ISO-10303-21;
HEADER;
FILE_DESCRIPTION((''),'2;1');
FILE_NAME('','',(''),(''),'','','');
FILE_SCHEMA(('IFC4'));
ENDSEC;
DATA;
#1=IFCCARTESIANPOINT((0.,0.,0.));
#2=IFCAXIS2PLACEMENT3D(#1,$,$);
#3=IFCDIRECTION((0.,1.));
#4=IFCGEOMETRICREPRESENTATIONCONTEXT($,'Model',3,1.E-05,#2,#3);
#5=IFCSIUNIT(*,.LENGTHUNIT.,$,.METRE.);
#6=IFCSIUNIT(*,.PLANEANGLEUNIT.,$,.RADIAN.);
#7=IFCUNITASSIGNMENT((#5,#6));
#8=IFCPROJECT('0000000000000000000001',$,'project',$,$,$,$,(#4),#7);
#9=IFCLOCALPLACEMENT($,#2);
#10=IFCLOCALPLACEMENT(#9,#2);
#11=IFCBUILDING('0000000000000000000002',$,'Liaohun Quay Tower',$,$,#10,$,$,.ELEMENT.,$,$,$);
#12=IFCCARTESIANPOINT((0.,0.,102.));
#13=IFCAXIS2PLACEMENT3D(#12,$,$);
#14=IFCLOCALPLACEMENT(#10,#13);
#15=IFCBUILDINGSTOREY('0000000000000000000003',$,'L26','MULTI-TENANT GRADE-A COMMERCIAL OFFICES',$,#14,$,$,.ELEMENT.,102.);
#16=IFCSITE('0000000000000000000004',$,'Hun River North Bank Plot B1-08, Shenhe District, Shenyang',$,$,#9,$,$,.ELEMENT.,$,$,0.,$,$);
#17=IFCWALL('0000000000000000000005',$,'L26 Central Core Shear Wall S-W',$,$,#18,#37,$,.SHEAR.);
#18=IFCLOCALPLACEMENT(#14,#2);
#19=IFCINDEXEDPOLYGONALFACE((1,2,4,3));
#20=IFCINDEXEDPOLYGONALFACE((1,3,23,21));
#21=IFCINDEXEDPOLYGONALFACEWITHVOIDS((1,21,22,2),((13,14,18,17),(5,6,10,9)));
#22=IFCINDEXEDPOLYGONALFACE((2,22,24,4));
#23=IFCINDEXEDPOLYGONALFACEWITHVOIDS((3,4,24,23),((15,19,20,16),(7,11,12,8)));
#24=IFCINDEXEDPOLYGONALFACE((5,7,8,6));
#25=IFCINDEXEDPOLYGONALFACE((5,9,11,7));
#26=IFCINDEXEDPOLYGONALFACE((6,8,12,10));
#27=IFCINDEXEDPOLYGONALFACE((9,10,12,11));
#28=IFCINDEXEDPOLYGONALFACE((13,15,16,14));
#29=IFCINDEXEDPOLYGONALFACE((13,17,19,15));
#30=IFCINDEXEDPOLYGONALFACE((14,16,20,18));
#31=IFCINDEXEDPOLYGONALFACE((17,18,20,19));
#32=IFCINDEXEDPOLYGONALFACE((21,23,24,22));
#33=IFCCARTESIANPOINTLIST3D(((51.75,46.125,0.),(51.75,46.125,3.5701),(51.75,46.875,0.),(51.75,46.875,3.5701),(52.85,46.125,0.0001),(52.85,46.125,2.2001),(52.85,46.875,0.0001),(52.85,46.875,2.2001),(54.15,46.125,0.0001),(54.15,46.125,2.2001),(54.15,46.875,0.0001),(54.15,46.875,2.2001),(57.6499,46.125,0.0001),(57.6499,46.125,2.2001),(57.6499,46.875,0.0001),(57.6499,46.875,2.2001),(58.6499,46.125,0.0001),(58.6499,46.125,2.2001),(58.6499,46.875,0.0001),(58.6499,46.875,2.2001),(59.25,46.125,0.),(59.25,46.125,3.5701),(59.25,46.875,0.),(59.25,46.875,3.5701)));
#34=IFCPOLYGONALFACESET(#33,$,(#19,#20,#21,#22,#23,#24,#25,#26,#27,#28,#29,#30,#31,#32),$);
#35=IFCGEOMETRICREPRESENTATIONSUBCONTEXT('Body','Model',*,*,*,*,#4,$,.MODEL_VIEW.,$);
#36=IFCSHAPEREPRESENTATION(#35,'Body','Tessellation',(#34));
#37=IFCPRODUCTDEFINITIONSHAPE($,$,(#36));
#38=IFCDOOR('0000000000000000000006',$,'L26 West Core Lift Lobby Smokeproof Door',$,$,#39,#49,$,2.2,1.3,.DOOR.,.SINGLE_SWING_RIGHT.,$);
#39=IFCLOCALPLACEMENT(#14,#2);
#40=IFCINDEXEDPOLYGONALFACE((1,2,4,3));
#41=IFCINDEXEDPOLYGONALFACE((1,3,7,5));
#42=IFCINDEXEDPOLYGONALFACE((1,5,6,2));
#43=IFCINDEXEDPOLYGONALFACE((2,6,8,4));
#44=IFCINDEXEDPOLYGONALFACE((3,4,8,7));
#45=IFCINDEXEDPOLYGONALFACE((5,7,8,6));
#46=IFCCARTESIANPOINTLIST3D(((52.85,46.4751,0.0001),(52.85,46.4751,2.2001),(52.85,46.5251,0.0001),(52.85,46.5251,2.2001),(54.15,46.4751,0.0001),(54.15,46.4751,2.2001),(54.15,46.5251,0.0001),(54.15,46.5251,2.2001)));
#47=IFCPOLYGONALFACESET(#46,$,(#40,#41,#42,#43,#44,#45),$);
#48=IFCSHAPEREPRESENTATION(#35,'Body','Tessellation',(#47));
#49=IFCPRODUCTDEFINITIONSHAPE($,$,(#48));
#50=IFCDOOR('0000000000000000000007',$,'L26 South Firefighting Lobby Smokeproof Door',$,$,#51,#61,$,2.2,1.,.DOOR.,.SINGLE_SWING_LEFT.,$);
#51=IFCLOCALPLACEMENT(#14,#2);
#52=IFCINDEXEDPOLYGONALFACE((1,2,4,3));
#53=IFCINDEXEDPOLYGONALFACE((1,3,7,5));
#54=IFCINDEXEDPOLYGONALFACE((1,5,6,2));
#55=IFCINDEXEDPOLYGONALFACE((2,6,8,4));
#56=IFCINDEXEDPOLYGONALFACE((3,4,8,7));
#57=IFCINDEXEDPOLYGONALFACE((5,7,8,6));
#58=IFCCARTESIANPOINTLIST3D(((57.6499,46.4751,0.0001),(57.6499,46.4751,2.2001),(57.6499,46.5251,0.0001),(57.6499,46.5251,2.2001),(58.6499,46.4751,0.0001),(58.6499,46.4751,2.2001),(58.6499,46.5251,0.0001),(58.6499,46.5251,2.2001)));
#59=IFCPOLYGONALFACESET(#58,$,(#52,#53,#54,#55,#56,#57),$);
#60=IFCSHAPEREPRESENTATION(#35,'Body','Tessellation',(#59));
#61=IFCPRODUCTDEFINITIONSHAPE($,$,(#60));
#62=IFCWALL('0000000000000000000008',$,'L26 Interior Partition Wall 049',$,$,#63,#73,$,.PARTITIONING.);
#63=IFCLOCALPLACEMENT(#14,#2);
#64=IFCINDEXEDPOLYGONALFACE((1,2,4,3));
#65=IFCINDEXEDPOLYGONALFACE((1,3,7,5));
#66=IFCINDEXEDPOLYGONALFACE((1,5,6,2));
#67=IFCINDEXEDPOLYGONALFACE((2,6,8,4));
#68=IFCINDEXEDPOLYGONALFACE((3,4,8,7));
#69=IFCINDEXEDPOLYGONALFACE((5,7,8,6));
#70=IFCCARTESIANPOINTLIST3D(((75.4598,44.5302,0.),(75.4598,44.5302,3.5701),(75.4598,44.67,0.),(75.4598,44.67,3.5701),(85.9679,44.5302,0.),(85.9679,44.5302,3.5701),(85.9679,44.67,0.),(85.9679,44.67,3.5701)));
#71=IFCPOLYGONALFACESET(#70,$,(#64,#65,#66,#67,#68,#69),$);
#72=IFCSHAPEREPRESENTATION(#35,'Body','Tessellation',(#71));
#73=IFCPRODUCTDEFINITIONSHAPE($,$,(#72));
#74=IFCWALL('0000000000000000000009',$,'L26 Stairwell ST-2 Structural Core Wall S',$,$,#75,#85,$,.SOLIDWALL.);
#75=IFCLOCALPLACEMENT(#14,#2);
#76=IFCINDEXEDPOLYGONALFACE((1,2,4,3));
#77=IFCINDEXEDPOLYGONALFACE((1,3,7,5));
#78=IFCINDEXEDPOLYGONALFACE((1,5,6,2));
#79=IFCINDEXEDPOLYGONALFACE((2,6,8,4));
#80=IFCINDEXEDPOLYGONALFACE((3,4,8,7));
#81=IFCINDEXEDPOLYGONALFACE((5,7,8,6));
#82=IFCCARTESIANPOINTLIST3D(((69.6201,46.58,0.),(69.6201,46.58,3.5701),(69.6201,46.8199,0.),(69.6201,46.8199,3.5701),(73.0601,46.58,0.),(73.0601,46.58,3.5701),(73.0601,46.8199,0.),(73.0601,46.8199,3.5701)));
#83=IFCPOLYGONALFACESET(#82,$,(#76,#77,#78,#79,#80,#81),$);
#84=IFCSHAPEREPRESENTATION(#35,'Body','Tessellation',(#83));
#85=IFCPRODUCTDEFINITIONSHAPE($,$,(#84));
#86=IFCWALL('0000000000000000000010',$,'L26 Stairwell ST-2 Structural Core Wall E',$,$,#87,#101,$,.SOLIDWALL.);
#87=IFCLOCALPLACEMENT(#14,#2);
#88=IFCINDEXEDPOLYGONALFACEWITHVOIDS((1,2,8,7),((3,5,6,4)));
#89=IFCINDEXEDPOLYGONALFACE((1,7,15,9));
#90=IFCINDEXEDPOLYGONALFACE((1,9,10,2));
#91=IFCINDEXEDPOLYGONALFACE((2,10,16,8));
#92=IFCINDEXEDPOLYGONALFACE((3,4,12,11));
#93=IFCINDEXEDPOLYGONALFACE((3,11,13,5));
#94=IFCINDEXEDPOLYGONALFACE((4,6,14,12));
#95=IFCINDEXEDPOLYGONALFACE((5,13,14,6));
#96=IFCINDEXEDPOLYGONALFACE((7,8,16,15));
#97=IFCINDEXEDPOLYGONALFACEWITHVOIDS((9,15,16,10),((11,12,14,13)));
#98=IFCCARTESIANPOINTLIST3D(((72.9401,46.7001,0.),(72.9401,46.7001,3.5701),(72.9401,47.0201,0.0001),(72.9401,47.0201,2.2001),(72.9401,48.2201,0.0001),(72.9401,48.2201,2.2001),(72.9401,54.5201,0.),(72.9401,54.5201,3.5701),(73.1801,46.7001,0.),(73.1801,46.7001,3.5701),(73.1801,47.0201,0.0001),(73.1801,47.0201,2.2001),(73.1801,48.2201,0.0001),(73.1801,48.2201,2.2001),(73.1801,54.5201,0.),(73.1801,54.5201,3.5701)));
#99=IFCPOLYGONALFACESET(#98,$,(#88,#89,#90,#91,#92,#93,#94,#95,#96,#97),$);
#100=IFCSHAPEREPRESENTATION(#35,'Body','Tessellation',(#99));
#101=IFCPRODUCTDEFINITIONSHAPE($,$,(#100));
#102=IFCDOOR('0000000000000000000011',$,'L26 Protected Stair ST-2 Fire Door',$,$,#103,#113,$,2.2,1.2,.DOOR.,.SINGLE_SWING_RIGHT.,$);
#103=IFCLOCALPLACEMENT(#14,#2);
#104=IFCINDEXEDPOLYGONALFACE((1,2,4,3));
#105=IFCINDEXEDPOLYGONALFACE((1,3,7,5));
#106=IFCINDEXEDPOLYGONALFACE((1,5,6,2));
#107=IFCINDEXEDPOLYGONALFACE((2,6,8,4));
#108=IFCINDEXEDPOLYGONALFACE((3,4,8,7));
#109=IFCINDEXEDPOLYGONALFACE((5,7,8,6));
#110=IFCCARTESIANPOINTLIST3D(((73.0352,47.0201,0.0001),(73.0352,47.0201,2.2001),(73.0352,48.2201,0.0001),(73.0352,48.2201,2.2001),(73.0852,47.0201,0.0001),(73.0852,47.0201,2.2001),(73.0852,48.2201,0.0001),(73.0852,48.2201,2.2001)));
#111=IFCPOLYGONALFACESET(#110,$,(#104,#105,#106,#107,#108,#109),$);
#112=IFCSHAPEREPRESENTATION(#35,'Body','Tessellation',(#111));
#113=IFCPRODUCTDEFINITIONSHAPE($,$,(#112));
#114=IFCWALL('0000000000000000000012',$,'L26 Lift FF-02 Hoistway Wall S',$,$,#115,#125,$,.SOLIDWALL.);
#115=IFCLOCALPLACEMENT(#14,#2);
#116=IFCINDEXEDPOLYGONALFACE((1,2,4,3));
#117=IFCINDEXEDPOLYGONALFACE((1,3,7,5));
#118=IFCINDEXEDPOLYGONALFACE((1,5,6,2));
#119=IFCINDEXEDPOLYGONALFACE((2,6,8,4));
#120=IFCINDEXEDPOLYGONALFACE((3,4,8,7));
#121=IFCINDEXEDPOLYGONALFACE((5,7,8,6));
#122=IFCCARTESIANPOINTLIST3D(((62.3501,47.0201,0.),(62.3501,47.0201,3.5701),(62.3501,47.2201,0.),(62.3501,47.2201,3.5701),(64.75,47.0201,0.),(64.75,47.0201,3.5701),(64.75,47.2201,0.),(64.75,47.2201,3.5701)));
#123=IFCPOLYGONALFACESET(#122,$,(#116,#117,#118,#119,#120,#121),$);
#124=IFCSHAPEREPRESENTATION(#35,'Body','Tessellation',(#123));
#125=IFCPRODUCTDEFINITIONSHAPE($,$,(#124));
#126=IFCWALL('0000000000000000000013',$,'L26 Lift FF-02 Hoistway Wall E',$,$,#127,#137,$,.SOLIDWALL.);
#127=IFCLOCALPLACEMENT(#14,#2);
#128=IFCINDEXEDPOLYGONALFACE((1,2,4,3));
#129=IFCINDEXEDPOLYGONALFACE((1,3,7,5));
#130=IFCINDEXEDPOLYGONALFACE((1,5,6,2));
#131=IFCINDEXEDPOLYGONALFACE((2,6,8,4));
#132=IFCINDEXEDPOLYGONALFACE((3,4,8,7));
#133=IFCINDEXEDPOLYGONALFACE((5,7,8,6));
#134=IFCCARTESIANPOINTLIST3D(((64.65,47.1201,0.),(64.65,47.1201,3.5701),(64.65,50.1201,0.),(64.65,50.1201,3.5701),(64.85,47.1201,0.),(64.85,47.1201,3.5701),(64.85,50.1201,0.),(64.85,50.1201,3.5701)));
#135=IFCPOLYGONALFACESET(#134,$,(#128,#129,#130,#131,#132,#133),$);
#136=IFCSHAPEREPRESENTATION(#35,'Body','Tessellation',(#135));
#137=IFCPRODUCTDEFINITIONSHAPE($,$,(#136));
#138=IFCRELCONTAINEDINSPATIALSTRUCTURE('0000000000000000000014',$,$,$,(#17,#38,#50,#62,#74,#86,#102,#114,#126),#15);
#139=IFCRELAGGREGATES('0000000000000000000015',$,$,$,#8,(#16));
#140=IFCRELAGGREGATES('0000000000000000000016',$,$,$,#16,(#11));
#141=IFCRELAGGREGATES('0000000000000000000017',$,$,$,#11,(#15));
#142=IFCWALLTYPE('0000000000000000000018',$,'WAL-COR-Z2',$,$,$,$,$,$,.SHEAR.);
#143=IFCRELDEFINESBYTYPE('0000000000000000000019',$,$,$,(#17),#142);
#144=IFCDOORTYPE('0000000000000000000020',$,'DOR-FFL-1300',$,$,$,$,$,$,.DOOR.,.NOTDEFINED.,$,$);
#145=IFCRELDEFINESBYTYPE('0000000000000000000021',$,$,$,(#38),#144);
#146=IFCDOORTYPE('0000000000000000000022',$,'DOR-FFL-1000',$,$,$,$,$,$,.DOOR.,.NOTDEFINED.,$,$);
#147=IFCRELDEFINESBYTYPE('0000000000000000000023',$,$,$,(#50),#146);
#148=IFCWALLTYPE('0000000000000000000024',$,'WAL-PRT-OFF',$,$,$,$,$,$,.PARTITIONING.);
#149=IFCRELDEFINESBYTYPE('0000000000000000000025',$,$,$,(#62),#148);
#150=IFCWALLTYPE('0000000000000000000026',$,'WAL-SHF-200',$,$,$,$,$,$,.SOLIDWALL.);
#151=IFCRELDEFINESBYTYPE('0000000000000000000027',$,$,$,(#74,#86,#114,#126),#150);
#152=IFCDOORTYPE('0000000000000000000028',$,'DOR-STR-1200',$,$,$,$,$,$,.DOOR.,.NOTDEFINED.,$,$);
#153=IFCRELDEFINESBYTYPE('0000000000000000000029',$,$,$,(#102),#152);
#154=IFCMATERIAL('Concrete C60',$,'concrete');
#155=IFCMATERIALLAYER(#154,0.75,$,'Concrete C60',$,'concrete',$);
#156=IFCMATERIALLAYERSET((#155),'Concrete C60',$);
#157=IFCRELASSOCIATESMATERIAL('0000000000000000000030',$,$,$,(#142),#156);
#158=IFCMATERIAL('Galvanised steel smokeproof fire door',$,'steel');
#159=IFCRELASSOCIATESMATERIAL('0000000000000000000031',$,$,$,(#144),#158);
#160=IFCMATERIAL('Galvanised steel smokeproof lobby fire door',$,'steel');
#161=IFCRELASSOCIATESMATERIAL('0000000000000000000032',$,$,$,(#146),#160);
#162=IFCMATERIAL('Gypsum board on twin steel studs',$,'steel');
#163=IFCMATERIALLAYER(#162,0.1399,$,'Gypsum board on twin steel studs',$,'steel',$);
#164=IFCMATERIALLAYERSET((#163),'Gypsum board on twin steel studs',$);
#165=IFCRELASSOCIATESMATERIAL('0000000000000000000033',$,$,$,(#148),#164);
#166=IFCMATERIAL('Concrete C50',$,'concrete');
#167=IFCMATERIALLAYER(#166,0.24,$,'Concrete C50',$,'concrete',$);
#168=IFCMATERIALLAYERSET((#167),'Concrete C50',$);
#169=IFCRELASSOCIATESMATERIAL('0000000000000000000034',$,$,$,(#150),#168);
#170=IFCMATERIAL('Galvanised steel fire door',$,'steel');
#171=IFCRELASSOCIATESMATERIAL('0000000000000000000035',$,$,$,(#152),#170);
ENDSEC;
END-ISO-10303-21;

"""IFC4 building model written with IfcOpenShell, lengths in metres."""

from ifc_helpers import new_model, si_unit, direction, frame, frame_2d, origin, place, context, subcontext, project, spatial, rectangle, extrude, source, transform, mapped, material, layer, layer_set, type_object, element, fill, save


model = new_model("IFC4")

# Units and contexts
model_context = context("Model", 3, precision=1e-05, world=origin(), true_north=direction((0.0, 1.0)))
body_context = subcontext(model_context, "Body", "Model", "MODEL_VIEW")
ifc_project = project(units=[si_unit("LENGTHUNIT", "METRE"), si_unit("PLANEANGLEUNIT", "RADIAN")], contexts=[model_context])

# Site, building, storey
site_placement = place(None, origin())
site = spatial("IfcSite", under=ifc_project, at=site_placement, Name="Hun River North Bank Plot B1-08, Shenhe District, Shenyang", CompositionType="ELEMENT", RefElevation=0.0)
building_placement = place(site_placement, origin())
building = spatial("IfcBuilding", under=site, at=building_placement, Name="Liaohun Quay Tower", CompositionType="ELEMENT")
storey_placement = place(building_placement, frame((0.0, 0.0, 102.0)))
storey = spatial("IfcBuildingStorey", under=building, at=storey_placement, Name="L26", Description="MULTI-TENANT GRADE-A COMMERCIAL OFFICES", CompositionType="ELEMENT", Elevation=102.0)

# Shared definitions
ifc_material_1 = material(Name="Concrete C60", Category="concrete")

# Shared definitions
ifc_layer_1 = layer(ifc_material_1, 0.75, Name="Concrete C60", Category="concrete")
ifc_layer_set_1 = layer_set([ifc_layer_1], Name="Concrete C60")
wall_type_1 = type_object("IfcWallType", Name="WAL-COR-Z2", PredefinedType="SHEAR", material=ifc_layer_set_1)
shared_shape_1 = source(origin(), body_context, "Body", "SweptSolid", [
    extrude(rectangle(XDim=1.3, YDim=2.2, at=frame_2d((0.6499, 1.1001))), frame((0.0, 0.385, 0.0), z_axis=(0.0, -1.0, 0.0), x_axis=(1.0, 0.0, 0.0)), (0.0, 0.0, 1.0), 0.77),
])
ifc_material_2 = material(Name="Galvanised steel smokeproof fire door", Category="steel")
door_type_1 = type_object("IfcDoorType", Name="DOR-FFL-1300", OperationType="NOTDEFINED", PredefinedType="DOOR", material=ifc_material_2)
shared_shape_2 = source(origin(), body_context, "Body", "SweptSolid", [
    extrude(rectangle(XDim=1.3, YDim=2.2, at=frame_2d((0.6499, 1.1001))), frame((0.0, 0.0249, 0.0), z_axis=(0.0, -1.0, 0.0), x_axis=(1.0, 0.0, 0.0)), (0.0, 0.0, 1.0), 0.05),
])

# Wall, openings, doors
wall_1_placement = place(storey_placement, frame((59.25, 46.5, 0.0), z_axis=(0.0, 0.0, 1.0), x_axis=(-1.0, 0.0, 0.0)))
wall_1 = element("IfcWall", 1, at=wall_1_placement, inside=storey, type_object=wall_type_1, Name="L26 Central Core Shear Wall S-W", PredefinedType="SHEAR", context=body_context, shape_type="SweptSolid", body=[
    extrude(rectangle(XDim=7.5, YDim=0.75, at=frame_2d((3.75, 0.0))), origin(), (0.0, 0.0, 1.0), 3.5701),
])
opening_1_placement = place(wall_1_placement, frame((5.1001, 0.0, 0.0)))
opening_1 = element("IfcOpeningElement", 2, at=opening_1_placement, cuts=wall_1, PredefinedType="OPENING", context=body_context, shape_type="MappedRepresentation", body=[
    mapped(shared_shape_1, transform((0.0, 0.0, 0.0), x_axis=(1.0, 0.0, 0.0), y_axis=(0.0, 1.0, 0.0), z_axis=(0.0, 0.0, 1.0), scale=1.0)),
])
shared_shape_3 = source(origin(), body_context, "Body", "SweptSolid", [
    extrude(rectangle(XDim=1.0, YDim=2.2, at=frame_2d((0.5, 1.1001))), frame((0.0, 0.385, 0.0), z_axis=(0.0, -1.0, 0.0), x_axis=(1.0, 0.0, 0.0)), (0.0, 0.0, 1.0), 0.77),
])
opening_2_placement = place(wall_1_placement, frame((0.6001, 0.0, 0.0)))
opening_2 = element("IfcOpeningElement", 3, at=opening_2_placement, cuts=wall_1, PredefinedType="OPENING", context=body_context, shape_type="MappedRepresentation", body=[
    mapped(shared_shape_3, transform((0.0, 0.0, 0.0), x_axis=(1.0, 0.0, 0.0), y_axis=(0.0, 1.0, 0.0), z_axis=(0.0, 0.0, 1.0), scale=1.0)),
])
door_1_placement = place(opening_1_placement, origin())
door_1 = element("IfcDoor", 4, at=door_1_placement, inside=storey, type_object=door_type_1, Name="L26 West Core Lift Lobby Smokeproof Door", OperationType="SINGLE_SWING_RIGHT", OverallHeight=2.2, OverallWidth=1.3, PredefinedType="DOOR", context=body_context, shape_type="MappedRepresentation", body=[
    mapped(shared_shape_2, transform((0.0, 0.0, 0.0), x_axis=(1.0, 0.0, 0.0), y_axis=(0.0, 1.0, 0.0), z_axis=(0.0, 0.0, 1.0), scale=1.0)),
])
fill(opening_1, door_1)
ifc_material_3 = material(Name="Galvanised steel smokeproof lobby fire door", Category="steel")
door_type_2 = type_object("IfcDoorType", Name="DOR-FFL-1000", OperationType="NOTDEFINED", PredefinedType="DOOR", material=ifc_material_3)
shared_shape_4 = source(origin(), body_context, "Body", "SweptSolid", [
    extrude(rectangle(XDim=1.0, YDim=2.2, at=frame_2d((0.5, 1.1001))), frame((0.0, 0.0249, 0.0), z_axis=(0.0, -1.0, 0.0), x_axis=(1.0, 0.0, 0.0)), (0.0, 0.0, 1.0), 0.05),
])
door_2_placement = place(opening_2_placement, origin())
door_2 = element("IfcDoor", 5, at=door_2_placement, inside=storey, type_object=door_type_2, Name="L26 South Firefighting Lobby Smokeproof Door", OperationType="SINGLE_SWING_LEFT", OverallHeight=2.2, OverallWidth=1.0, PredefinedType="DOOR", context=body_context, shape_type="MappedRepresentation", body=[
    mapped(shared_shape_4, transform((0.0, 0.0, 0.0), x_axis=(1.0, 0.0, 0.0), y_axis=(0.0, 1.0, 0.0), z_axis=(0.0, 0.0, 1.0), scale=1.0)),
])
fill(opening_2, door_2)

# Walls
ifc_material_4 = material(Name="Gypsum board on twin steel studs", Category="steel")
ifc_layer_2 = layer(ifc_material_4, 0.1399, Name="Gypsum board on twin steel studs", Category="steel")
ifc_layer_set_2 = layer_set([ifc_layer_2], Name="Gypsum board on twin steel studs")
wall_type_2 = type_object("IfcWallType", Name="WAL-PRT-OFF", PredefinedType="PARTITIONING", material=ifc_layer_set_2)
wall_2_placement = place(storey_placement, frame((75.46, 44.6001, 0.0), z_axis=(0.0, 0.0, 1.0), x_axis=(1.0, 0.0, 0.0)))
element("IfcWall", 6, at=wall_2_placement, inside=storey, type_object=wall_type_2, Name="L26 Interior Partition Wall 049", PredefinedType="PARTITIONING", context=body_context, shape_type="SweptSolid", body=[
    extrude(rectangle(XDim=10.5081, YDim=0.1399, at=frame_2d((5.2539, 0.0))), origin(), (0.0, 0.0, 1.0), 3.5701),
])
ifc_material_5 = material(Name="Concrete C50", Category="concrete")
ifc_layer_3 = layer(ifc_material_5, 0.24, Name="Concrete C50", Category="concrete")
ifc_layer_set_3 = layer_set([ifc_layer_3], Name="Concrete C50")
wall_type_3 = type_object("IfcWallType", Name="WAL-SHF-200", PredefinedType="SOLIDWALL", material=ifc_layer_set_3)
wall_3_placement = place(storey_placement, frame((69.6201, 46.7, 0.0), z_axis=(0.0, 0.0, 1.0), x_axis=(1.0, 0.0, 0.0)))
element("IfcWall", 7, at=wall_3_placement, inside=storey, type_object=wall_type_3, Name="L26 Stairwell ST-2 Structural Core Wall S", PredefinedType="SOLIDWALL", context=body_context, shape_type="SweptSolid", body=[
    extrude(rectangle(XDim=3.4399, YDim=0.24, at=frame_2d((1.72, 0.0))), origin(), (0.0, 0.0, 1.0), 3.5701),
])

# Wall, opening, door
wall_4_placement = place(storey_placement, frame((73.0601, 46.7, 0.0), z_axis=(0.0, 0.0, 1.0), x_axis=(0.0, 1.0, 0.0)))
wall_4 = element("IfcWall", 8, at=wall_4_placement, inside=storey, type_object=wall_type_3, Name="L26 Stairwell ST-2 Structural Core Wall E", PredefinedType="SOLIDWALL", context=body_context, shape_type="SweptSolid", body=[
    extrude(rectangle(XDim=7.8201, YDim=0.24, at=frame_2d((3.9102, 0.0))), origin(), (0.0, 0.0, 1.0), 3.5701),
])
shared_shape_5 = source(origin(), body_context, "Body", "SweptSolid", [
    extrude(rectangle(XDim=1.2, YDim=2.2, at=frame_2d((0.6001, 1.1001))), frame((0.0, 0.1299, 0.0), z_axis=(0.0, -1.0, 0.0), x_axis=(1.0, 0.0, 0.0)), (0.0, 0.0, 1.0), 0.26),
])
opening_3_placement = place(wall_4_placement, frame((0.3201, 0.0, 0.0)))
opening_3 = element("IfcOpeningElement", 9, at=opening_3_placement, cuts=wall_4, PredefinedType="OPENING", context=body_context, shape_type="MappedRepresentation", body=[
    mapped(shared_shape_5, transform((0.0, 0.0, 0.0), x_axis=(1.0, 0.0, 0.0), y_axis=(0.0, 1.0, 0.0), z_axis=(0.0, 0.0, 1.0), scale=1.0)),
])
ifc_material_6 = material(Name="Galvanised steel fire door", Category="steel")
door_type_3 = type_object("IfcDoorType", Name="DOR-STR-1200", OperationType="NOTDEFINED", PredefinedType="DOOR", material=ifc_material_6)
shared_shape_6 = source(origin(), body_context, "Body", "SweptSolid", [
    extrude(rectangle(XDim=1.2, YDim=2.2, at=frame_2d((0.6001, 1.1001))), frame((0.0, 0.0249, 0.0), z_axis=(0.0, -1.0, 0.0), x_axis=(1.0, 0.0, 0.0)), (0.0, 0.0, 1.0), 0.05),
])
door_3_placement = place(opening_3_placement, origin())
door_3 = element("IfcDoor", 10, at=door_3_placement, inside=storey, type_object=door_type_3, Name="L26 Protected Stair ST-2 Fire Door", OperationType="SINGLE_SWING_RIGHT", OverallHeight=2.2, OverallWidth=1.2, PredefinedType="DOOR", context=body_context, shape_type="MappedRepresentation", body=[
    mapped(shared_shape_6, transform((0.0, 0.0, 0.0), x_axis=(1.0, 0.0, 0.0), y_axis=(0.0, 1.0, 0.0), z_axis=(0.0, 0.0, 1.0), scale=1.0)),
])
fill(opening_3, door_3)

# Walls
wall_5_placement = place(storey_placement, frame((62.3501, 47.1201, 0.0), z_axis=(0.0, 0.0, 1.0), x_axis=(1.0, 0.0, 0.0)))
element("IfcWall", 11, at=wall_5_placement, inside=storey, type_object=wall_type_3, Name="L26 Lift FF-02 Hoistway Wall S", PredefinedType="SOLIDWALL", context=body_context, shape_type="SweptSolid", body=[
    extrude(rectangle(XDim=2.3999, YDim=0.2, at=frame_2d((1.2, 0.0))), origin(), (0.0, 0.0, 1.0), 3.5701),
])
wall_6_placement = place(storey_placement, frame((64.75, 47.1201, 0.0), z_axis=(0.0, 0.0, 1.0), x_axis=(0.0, 1.0, 0.0)))
element("IfcWall", 12, at=wall_6_placement, inside=storey, type_object=wall_type_3, Name="L26 Lift FF-02 Hoistway Wall E", PredefinedType="SOLIDWALL", context=body_context, shape_type="SweptSolid", body=[
    extrude(rectangle(XDim=3.0, YDim=0.2, at=frame_2d((1.5, 0.0))), origin(), (0.0, 0.0, 1.0), 3.5701),
])

save(model, "model.ifc")
